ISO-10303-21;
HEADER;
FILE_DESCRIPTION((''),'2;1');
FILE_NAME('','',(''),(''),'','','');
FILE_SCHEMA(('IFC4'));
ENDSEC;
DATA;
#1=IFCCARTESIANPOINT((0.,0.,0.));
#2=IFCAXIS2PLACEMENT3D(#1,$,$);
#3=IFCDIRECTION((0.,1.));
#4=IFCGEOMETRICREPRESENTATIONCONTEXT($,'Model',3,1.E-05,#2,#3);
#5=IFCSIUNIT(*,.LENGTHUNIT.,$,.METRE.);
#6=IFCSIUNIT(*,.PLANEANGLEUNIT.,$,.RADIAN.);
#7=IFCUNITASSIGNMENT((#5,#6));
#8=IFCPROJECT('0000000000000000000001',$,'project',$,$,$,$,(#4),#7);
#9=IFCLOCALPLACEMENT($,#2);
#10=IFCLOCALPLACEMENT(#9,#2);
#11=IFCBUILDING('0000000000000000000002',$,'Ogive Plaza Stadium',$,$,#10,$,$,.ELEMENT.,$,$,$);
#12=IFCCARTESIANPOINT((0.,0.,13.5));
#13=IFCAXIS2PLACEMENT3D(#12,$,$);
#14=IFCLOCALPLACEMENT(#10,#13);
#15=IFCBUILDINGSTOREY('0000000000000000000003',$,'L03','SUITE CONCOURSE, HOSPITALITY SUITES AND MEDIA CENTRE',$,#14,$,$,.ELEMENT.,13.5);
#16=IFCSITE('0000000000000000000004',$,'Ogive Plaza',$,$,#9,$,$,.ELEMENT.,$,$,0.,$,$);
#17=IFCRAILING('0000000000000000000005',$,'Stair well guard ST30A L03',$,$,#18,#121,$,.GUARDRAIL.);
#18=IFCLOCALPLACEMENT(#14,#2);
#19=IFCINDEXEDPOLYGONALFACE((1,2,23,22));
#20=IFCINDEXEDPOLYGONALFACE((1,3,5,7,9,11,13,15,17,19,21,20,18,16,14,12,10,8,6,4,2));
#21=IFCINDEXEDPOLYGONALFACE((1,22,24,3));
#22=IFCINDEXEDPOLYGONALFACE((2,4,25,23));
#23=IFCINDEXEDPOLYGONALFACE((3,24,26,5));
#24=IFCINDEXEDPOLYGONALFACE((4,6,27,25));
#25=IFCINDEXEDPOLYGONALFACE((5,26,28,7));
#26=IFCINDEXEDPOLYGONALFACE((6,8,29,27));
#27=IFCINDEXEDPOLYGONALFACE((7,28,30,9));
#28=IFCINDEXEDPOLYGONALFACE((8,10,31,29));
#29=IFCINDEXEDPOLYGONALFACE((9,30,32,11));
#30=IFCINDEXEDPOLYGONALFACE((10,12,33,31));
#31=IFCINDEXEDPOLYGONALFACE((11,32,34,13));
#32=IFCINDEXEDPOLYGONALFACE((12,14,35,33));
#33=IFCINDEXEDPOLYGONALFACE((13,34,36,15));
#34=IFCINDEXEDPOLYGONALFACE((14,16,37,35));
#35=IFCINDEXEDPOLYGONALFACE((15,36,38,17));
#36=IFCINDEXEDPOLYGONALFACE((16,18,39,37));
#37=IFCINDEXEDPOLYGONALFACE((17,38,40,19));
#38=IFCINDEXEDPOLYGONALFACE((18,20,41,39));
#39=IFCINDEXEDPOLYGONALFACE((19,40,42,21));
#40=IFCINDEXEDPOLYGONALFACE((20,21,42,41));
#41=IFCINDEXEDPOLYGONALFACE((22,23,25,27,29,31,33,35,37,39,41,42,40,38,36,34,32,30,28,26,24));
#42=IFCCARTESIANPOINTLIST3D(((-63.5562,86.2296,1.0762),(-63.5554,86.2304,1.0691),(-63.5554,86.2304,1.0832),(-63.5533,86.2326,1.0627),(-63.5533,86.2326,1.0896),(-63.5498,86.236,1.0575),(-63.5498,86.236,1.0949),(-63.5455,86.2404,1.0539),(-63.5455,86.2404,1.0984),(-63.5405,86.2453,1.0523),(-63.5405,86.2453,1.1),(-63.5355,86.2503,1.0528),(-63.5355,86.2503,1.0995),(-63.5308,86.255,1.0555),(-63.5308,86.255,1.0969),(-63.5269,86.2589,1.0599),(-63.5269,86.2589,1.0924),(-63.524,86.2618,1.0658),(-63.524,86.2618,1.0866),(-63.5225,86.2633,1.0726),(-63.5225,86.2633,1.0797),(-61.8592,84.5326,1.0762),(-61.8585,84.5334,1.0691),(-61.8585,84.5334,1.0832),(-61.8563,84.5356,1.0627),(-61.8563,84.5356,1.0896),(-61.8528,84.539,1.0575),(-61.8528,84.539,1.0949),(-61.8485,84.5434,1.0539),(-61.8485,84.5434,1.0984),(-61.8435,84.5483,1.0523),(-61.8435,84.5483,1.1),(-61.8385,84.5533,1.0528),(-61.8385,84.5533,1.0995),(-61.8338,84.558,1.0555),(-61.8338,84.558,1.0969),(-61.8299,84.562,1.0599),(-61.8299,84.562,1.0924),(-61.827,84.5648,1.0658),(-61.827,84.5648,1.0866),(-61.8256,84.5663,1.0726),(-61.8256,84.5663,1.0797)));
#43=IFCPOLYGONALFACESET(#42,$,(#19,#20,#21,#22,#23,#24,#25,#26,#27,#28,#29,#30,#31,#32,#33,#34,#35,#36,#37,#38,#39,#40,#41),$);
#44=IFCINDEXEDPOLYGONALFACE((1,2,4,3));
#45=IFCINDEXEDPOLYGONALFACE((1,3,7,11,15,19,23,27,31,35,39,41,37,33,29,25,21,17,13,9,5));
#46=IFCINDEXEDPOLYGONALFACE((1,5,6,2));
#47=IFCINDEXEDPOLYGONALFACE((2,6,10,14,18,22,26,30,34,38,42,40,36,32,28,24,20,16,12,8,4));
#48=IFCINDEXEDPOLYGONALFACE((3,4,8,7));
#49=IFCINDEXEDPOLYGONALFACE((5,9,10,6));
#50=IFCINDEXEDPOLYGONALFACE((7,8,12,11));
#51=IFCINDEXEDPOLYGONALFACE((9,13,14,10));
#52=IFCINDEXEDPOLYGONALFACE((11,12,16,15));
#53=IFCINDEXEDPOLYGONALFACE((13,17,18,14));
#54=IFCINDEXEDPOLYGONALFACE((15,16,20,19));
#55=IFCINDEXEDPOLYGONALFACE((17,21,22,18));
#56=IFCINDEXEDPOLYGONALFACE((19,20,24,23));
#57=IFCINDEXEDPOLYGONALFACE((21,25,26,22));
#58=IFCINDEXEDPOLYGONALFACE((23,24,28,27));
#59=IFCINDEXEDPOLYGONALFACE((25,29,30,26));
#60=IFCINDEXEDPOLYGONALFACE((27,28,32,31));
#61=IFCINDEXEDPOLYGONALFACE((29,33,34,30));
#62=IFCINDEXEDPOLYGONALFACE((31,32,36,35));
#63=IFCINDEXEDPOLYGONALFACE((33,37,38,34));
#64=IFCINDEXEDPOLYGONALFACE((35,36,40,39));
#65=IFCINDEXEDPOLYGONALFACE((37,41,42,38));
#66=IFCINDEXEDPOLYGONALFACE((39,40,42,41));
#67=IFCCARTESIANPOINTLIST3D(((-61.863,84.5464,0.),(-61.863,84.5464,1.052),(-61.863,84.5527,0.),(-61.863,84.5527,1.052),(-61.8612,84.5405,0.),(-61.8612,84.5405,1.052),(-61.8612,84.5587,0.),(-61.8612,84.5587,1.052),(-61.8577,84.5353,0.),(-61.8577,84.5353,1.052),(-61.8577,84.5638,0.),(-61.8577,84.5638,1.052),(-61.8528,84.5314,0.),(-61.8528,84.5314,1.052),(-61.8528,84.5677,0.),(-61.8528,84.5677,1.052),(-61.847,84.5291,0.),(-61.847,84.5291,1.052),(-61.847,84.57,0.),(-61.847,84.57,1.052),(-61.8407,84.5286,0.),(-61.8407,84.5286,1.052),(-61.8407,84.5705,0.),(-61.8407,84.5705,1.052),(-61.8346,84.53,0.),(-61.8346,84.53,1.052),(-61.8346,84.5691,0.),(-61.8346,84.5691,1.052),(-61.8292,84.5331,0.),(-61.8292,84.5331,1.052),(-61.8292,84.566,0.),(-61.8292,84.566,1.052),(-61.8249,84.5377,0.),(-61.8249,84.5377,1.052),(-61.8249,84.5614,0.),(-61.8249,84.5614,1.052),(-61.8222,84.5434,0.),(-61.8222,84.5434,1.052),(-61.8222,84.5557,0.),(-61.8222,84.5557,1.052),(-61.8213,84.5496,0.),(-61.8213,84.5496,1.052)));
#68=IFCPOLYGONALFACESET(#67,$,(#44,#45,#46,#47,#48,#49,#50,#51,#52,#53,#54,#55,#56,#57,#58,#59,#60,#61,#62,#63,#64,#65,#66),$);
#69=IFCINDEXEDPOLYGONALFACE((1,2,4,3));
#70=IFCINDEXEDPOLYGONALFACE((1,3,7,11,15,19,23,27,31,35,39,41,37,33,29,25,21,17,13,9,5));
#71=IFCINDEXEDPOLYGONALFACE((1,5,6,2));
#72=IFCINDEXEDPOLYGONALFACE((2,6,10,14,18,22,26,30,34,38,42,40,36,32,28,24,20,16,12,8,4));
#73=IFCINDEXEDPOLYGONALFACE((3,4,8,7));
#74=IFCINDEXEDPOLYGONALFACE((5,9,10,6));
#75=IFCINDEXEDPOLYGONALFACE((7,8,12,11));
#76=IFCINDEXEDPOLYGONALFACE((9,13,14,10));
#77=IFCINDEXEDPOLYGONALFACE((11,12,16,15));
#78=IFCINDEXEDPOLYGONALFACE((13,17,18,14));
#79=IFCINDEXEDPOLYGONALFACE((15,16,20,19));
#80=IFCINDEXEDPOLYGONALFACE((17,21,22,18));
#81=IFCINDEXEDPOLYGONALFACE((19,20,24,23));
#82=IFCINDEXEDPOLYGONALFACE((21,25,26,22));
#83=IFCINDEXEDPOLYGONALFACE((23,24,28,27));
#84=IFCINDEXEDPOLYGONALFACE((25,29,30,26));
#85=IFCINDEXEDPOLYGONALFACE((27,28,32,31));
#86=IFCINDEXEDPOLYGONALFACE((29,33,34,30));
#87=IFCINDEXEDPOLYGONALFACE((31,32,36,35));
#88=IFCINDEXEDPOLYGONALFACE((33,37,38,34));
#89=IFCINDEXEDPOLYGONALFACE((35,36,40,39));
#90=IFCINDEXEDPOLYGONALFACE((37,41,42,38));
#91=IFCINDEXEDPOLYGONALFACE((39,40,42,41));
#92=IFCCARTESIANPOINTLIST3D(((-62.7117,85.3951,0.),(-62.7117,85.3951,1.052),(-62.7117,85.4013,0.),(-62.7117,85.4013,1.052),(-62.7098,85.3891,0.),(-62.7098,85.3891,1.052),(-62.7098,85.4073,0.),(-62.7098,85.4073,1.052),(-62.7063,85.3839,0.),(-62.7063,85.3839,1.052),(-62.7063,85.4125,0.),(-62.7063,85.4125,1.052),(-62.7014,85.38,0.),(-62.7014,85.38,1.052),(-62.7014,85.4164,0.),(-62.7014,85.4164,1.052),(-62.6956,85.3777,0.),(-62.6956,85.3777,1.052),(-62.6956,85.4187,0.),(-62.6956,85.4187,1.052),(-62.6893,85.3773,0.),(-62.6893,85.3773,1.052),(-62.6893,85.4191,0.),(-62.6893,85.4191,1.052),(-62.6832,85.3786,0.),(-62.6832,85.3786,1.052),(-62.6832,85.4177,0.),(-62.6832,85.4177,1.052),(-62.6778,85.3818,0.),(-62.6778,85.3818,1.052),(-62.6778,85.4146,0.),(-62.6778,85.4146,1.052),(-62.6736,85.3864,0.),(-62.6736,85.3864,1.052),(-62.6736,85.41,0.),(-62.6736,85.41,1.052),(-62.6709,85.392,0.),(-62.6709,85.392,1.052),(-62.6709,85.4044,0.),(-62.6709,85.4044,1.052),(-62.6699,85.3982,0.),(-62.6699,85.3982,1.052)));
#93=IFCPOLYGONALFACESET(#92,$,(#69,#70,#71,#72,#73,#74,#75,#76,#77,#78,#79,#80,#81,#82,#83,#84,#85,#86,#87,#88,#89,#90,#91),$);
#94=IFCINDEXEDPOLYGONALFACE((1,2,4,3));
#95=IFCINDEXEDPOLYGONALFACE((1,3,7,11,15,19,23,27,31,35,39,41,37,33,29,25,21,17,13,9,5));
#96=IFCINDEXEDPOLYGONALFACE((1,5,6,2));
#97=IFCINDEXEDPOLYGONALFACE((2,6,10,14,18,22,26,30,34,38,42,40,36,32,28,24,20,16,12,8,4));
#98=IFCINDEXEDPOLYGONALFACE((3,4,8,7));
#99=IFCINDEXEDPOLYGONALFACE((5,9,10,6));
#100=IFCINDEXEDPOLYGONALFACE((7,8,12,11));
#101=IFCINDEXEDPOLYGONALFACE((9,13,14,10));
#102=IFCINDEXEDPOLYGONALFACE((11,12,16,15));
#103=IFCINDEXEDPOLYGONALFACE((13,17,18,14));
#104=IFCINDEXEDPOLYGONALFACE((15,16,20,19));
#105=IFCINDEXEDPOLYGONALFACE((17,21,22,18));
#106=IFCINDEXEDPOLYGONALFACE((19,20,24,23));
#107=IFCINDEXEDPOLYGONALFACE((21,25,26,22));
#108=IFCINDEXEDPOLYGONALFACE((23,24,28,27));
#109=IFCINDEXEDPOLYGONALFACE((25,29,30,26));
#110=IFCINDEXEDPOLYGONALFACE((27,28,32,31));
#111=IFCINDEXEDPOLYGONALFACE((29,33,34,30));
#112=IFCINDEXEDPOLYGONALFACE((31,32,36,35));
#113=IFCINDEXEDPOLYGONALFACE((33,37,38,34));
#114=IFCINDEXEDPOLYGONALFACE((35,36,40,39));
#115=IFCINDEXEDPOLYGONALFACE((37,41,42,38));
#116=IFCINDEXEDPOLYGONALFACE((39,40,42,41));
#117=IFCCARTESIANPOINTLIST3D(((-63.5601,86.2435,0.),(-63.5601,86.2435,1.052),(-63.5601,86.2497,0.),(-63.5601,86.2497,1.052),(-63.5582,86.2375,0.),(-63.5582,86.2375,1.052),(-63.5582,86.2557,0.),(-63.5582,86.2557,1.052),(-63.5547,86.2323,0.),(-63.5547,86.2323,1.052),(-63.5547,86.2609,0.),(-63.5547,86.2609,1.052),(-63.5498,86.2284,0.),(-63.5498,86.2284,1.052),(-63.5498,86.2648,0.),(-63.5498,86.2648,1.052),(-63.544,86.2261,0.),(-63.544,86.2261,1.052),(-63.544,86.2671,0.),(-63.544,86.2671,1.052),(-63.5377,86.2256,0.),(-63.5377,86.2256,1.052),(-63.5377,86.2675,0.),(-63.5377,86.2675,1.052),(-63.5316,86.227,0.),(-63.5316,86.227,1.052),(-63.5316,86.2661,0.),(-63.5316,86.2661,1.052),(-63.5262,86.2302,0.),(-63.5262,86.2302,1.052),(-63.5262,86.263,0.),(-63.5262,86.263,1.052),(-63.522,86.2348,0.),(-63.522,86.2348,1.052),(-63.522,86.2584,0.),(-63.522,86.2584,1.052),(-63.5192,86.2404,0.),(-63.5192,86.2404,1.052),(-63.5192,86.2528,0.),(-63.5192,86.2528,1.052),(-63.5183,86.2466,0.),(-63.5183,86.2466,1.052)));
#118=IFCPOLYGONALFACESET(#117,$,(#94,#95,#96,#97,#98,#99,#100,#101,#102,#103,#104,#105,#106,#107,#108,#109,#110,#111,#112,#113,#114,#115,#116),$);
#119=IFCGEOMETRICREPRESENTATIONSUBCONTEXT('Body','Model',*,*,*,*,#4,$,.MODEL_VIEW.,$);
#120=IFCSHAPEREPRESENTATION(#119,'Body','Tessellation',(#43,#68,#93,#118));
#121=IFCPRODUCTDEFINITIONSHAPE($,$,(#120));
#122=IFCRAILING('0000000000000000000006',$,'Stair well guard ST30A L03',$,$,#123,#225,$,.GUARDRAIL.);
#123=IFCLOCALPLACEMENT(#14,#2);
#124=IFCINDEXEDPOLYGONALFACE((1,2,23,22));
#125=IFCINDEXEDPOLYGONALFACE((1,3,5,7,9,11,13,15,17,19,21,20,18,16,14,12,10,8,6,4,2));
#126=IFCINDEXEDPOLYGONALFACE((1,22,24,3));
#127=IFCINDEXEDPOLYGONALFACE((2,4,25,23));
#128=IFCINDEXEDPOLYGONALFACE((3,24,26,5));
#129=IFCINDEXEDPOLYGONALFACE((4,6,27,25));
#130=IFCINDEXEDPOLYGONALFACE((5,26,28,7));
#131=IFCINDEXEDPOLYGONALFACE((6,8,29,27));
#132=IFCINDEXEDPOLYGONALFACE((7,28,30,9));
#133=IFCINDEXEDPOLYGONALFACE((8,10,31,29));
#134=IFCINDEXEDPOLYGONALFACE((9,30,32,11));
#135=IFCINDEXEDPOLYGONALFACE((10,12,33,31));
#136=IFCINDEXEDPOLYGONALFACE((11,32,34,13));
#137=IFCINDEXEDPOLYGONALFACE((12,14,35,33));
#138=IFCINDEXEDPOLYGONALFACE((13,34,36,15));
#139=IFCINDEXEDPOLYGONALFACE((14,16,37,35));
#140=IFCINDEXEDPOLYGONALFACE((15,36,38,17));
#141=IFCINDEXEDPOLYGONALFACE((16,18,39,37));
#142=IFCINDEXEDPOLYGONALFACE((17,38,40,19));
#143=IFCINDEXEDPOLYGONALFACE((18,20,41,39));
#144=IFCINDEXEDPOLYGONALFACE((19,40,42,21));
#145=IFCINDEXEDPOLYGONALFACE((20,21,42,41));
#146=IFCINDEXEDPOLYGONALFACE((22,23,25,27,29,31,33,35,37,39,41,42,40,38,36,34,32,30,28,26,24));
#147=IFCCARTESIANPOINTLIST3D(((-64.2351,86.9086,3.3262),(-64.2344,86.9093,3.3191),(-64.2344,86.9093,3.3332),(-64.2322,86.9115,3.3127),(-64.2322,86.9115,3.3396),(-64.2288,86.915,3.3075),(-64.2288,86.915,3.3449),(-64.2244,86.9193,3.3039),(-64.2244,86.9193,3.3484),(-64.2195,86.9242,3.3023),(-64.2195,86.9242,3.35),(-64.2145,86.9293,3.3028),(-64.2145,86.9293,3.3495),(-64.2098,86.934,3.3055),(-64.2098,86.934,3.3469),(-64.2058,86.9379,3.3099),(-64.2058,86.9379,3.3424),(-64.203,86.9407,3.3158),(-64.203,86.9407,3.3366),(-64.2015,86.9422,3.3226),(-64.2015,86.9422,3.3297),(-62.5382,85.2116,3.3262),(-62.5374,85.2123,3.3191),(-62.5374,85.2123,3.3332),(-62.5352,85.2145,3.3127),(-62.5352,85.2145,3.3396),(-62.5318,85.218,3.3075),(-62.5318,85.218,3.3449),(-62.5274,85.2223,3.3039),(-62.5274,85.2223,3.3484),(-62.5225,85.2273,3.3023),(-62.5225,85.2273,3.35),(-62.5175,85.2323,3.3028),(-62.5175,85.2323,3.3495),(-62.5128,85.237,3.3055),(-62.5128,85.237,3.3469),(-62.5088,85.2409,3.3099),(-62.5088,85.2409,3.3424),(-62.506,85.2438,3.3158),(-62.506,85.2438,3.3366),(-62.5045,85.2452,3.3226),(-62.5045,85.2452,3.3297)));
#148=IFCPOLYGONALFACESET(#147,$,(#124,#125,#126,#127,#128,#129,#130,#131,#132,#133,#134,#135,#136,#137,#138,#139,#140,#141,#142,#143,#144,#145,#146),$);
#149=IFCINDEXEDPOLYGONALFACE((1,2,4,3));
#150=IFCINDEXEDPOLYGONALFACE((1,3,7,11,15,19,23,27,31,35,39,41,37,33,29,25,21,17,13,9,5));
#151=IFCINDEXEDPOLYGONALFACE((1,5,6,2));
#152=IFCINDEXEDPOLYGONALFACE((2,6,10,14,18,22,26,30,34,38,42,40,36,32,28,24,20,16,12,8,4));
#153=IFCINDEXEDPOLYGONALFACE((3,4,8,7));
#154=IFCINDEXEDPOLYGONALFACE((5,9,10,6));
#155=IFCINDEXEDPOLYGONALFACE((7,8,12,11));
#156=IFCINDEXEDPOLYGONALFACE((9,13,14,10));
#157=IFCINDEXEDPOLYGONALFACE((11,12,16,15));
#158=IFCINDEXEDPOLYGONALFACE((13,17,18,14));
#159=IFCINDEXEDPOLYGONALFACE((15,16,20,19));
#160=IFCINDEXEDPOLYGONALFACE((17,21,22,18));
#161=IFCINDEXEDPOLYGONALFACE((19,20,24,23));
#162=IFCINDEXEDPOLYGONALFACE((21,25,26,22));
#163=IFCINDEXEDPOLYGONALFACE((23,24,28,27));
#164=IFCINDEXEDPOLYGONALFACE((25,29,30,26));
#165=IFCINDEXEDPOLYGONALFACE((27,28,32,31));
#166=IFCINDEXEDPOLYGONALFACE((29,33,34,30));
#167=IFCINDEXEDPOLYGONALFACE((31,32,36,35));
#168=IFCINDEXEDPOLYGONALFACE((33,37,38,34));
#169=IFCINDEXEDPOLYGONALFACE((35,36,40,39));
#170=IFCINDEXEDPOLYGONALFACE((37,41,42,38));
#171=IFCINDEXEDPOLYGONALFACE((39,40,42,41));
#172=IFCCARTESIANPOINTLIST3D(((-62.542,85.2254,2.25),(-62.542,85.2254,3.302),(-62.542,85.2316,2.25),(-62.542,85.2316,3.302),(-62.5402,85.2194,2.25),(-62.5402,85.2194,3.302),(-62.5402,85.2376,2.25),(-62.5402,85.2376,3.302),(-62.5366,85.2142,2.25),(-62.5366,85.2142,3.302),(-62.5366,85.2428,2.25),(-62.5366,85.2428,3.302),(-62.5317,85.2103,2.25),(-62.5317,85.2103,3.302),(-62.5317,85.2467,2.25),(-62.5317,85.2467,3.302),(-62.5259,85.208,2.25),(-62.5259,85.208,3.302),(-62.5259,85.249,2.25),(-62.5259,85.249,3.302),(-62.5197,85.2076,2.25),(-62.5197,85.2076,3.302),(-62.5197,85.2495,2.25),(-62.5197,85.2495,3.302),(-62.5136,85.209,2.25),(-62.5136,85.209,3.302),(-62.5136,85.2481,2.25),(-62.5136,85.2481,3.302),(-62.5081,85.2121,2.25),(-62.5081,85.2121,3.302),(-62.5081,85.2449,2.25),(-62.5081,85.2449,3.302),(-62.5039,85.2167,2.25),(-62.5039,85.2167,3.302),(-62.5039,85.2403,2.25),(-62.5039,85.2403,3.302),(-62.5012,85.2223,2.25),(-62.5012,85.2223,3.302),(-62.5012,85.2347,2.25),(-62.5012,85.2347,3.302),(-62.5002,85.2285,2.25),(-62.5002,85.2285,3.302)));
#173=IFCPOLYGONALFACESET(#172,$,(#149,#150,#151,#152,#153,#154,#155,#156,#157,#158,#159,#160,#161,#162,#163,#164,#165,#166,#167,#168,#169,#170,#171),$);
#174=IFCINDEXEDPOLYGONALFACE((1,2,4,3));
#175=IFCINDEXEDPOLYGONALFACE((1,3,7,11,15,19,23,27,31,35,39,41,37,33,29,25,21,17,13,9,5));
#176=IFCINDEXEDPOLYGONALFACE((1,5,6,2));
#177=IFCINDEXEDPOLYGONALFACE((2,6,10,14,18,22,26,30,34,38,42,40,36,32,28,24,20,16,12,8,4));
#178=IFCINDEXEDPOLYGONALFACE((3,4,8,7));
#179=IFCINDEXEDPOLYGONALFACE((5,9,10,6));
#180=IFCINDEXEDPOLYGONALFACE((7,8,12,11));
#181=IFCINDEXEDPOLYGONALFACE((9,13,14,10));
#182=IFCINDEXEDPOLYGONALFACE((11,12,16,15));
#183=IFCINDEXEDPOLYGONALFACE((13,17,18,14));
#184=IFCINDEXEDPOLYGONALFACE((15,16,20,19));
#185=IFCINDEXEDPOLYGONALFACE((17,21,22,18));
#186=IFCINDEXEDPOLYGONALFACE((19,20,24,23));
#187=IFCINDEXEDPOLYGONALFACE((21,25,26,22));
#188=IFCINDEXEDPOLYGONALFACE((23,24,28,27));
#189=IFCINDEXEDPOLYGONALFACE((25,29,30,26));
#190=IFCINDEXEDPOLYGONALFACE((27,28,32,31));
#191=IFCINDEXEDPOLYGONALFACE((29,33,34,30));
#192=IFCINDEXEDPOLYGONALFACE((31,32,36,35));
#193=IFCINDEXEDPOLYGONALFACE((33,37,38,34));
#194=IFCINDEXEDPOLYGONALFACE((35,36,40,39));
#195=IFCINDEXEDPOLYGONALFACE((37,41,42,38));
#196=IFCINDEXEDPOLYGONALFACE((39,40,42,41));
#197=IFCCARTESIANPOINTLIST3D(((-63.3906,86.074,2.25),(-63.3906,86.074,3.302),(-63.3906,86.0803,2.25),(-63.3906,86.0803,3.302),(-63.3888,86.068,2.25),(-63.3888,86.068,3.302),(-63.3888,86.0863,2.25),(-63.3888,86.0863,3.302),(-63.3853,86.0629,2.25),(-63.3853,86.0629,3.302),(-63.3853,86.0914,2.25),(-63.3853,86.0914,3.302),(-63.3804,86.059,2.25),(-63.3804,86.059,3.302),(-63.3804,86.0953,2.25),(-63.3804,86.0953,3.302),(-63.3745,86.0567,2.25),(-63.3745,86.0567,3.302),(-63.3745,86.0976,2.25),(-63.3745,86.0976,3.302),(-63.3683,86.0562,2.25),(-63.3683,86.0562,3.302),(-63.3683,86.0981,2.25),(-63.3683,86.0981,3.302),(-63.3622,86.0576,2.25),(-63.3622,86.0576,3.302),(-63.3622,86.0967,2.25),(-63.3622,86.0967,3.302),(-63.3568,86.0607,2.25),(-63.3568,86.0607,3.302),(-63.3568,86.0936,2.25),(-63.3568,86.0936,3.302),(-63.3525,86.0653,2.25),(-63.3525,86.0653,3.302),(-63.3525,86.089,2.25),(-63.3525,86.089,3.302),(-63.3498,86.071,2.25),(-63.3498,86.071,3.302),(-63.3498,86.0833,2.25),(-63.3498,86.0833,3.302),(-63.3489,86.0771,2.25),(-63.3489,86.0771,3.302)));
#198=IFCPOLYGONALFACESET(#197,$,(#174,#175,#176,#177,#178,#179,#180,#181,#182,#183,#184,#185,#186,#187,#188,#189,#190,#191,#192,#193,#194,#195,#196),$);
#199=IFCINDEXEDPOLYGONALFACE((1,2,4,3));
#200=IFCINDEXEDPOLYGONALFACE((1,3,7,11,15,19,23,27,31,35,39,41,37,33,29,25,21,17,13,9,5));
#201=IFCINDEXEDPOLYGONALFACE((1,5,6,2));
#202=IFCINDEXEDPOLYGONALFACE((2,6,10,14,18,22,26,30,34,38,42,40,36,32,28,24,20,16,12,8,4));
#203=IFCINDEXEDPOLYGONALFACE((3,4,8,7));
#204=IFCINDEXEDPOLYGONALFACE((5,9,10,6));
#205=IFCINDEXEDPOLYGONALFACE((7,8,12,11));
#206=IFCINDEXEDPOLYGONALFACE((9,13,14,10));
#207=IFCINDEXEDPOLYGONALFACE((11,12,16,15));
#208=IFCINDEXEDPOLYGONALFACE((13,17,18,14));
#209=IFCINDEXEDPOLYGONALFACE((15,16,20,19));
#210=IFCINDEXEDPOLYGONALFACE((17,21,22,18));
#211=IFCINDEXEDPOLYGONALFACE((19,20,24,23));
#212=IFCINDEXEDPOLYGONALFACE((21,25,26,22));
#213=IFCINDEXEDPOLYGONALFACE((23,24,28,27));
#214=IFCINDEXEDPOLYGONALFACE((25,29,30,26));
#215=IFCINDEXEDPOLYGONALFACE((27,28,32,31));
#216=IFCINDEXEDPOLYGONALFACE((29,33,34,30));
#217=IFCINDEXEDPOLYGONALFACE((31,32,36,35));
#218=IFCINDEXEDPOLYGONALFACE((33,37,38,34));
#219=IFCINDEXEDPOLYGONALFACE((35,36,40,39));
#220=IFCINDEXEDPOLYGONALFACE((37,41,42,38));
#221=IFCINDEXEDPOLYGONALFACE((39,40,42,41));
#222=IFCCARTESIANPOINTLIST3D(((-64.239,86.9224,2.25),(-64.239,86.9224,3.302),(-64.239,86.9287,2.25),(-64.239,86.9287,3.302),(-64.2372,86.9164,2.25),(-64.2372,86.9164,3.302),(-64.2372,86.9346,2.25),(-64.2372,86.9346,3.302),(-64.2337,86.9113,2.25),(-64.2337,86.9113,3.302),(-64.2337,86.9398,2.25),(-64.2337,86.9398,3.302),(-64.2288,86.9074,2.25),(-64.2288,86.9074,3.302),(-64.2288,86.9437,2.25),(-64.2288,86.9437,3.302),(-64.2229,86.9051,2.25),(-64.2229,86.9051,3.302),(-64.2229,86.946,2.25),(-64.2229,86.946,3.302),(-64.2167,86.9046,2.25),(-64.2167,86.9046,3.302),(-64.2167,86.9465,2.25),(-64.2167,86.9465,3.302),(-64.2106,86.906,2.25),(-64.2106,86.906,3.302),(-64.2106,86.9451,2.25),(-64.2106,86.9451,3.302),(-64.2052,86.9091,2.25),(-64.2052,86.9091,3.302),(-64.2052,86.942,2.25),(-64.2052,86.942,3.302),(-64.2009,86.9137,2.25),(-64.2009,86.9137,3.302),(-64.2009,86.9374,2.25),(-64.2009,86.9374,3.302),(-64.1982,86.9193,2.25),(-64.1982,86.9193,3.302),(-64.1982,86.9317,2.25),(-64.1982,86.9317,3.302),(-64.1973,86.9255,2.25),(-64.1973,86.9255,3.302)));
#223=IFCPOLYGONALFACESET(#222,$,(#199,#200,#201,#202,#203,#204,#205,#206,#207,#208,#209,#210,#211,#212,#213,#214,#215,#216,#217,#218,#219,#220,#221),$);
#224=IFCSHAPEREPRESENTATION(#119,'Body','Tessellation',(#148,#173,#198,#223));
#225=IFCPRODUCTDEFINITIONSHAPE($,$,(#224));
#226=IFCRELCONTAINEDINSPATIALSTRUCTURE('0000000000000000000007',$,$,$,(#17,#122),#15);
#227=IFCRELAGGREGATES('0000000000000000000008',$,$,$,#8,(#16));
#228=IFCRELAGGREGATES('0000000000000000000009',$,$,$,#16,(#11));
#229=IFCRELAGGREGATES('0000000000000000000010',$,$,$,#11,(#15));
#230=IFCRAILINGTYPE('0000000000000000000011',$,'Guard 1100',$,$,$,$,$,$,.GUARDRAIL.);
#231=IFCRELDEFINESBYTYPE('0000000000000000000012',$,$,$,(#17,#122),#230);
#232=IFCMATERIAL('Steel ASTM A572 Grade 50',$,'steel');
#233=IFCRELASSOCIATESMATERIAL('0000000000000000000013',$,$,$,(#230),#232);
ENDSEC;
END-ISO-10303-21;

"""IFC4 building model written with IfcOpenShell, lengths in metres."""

from ifc_helpers import new_model, si_unit, direction, frame, origin, origin_2d, place, context, subcontext, project, spatial, circle, extrude, material, type_object, element, save


model = new_model("IFC4")

# Units and contexts
model_context = context("Model", 3, precision=1e-05, world=origin(), true_north=direction((0.0, 1.0)))
body_context = subcontext(model_context, "Body", "Model", "MODEL_VIEW")
ifc_project = project(units=[si_unit("LENGTHUNIT", "METRE"), si_unit("PLANEANGLEUNIT", "RADIAN")], contexts=[model_context])

# Site, building, storey
site_placement = place(None, origin())
site = spatial("IfcSite", under=ifc_project, at=site_placement, Name="Ogive Plaza", CompositionType="ELEMENT", RefElevation=0.0)
building_placement = place(site_placement, origin())
building = spatial("IfcBuilding", under=site, at=building_placement, Name="Ogive Plaza Stadium", CompositionType="ELEMENT")
storey_placement = place(building_placement, frame((0.0, 0.0, 13.5)))
storey = spatial("IfcBuildingStorey", under=building, at=storey_placement, Name="L03", Description="SUITE CONCOURSE, HOSPITALITY SUITES AND MEDIA CENTRE", CompositionType="ELEMENT", Elevation=13.5)

# Railings
ifc_material_1 = material(Name="Steel ASTM A572 Grade 50", Category="steel")
railing_type_1 = type_object("IfcRailingType", Name="Guard 1100", PredefinedType="GUARDRAIL", material=ifc_material_1)
for number, where, name in (
    (1, (-61.8423, 84.5496, 0.0), "Stair well guard ST30A L03"),
    (2, (-62.5212, 85.2285, 2.25), "Stair well guard ST30A L03"),
):
    element("IfcRailing", number, at=place(storey_placement, frame(where)), inside=storey, type_object=railing_type_1, Name=name, PredefinedType="GUARDRAIL", context=body_context, shape_type="SweptSolid", body=[
        extrude(circle(Radius=0.0239, at=origin_2d()), frame((0.0, 0.0, 1.0762), z_axis=(-0.707107, 0.707107, 0.0), x_axis=(-0.707107, -0.707107, 0.0)), (0.0, 0.0, 1.0), 2.3999),
        extrude(circle(Radius=0.021, at=origin_2d()), origin(), (0.0, 0.0, 1.0), 1.052),
        extrude(circle(Radius=0.021, at=origin_2d()), frame((-0.8486, 0.8486, 0.0)), (0.0, 0.0, 1.0), 1.052),
        extrude(circle(Radius=0.021, at=origin_2d()), frame((-1.697, 1.697, 0.0)), (0.0, 0.0, 1.0), 1.052),
    ])

save(model, "model.ifc")
